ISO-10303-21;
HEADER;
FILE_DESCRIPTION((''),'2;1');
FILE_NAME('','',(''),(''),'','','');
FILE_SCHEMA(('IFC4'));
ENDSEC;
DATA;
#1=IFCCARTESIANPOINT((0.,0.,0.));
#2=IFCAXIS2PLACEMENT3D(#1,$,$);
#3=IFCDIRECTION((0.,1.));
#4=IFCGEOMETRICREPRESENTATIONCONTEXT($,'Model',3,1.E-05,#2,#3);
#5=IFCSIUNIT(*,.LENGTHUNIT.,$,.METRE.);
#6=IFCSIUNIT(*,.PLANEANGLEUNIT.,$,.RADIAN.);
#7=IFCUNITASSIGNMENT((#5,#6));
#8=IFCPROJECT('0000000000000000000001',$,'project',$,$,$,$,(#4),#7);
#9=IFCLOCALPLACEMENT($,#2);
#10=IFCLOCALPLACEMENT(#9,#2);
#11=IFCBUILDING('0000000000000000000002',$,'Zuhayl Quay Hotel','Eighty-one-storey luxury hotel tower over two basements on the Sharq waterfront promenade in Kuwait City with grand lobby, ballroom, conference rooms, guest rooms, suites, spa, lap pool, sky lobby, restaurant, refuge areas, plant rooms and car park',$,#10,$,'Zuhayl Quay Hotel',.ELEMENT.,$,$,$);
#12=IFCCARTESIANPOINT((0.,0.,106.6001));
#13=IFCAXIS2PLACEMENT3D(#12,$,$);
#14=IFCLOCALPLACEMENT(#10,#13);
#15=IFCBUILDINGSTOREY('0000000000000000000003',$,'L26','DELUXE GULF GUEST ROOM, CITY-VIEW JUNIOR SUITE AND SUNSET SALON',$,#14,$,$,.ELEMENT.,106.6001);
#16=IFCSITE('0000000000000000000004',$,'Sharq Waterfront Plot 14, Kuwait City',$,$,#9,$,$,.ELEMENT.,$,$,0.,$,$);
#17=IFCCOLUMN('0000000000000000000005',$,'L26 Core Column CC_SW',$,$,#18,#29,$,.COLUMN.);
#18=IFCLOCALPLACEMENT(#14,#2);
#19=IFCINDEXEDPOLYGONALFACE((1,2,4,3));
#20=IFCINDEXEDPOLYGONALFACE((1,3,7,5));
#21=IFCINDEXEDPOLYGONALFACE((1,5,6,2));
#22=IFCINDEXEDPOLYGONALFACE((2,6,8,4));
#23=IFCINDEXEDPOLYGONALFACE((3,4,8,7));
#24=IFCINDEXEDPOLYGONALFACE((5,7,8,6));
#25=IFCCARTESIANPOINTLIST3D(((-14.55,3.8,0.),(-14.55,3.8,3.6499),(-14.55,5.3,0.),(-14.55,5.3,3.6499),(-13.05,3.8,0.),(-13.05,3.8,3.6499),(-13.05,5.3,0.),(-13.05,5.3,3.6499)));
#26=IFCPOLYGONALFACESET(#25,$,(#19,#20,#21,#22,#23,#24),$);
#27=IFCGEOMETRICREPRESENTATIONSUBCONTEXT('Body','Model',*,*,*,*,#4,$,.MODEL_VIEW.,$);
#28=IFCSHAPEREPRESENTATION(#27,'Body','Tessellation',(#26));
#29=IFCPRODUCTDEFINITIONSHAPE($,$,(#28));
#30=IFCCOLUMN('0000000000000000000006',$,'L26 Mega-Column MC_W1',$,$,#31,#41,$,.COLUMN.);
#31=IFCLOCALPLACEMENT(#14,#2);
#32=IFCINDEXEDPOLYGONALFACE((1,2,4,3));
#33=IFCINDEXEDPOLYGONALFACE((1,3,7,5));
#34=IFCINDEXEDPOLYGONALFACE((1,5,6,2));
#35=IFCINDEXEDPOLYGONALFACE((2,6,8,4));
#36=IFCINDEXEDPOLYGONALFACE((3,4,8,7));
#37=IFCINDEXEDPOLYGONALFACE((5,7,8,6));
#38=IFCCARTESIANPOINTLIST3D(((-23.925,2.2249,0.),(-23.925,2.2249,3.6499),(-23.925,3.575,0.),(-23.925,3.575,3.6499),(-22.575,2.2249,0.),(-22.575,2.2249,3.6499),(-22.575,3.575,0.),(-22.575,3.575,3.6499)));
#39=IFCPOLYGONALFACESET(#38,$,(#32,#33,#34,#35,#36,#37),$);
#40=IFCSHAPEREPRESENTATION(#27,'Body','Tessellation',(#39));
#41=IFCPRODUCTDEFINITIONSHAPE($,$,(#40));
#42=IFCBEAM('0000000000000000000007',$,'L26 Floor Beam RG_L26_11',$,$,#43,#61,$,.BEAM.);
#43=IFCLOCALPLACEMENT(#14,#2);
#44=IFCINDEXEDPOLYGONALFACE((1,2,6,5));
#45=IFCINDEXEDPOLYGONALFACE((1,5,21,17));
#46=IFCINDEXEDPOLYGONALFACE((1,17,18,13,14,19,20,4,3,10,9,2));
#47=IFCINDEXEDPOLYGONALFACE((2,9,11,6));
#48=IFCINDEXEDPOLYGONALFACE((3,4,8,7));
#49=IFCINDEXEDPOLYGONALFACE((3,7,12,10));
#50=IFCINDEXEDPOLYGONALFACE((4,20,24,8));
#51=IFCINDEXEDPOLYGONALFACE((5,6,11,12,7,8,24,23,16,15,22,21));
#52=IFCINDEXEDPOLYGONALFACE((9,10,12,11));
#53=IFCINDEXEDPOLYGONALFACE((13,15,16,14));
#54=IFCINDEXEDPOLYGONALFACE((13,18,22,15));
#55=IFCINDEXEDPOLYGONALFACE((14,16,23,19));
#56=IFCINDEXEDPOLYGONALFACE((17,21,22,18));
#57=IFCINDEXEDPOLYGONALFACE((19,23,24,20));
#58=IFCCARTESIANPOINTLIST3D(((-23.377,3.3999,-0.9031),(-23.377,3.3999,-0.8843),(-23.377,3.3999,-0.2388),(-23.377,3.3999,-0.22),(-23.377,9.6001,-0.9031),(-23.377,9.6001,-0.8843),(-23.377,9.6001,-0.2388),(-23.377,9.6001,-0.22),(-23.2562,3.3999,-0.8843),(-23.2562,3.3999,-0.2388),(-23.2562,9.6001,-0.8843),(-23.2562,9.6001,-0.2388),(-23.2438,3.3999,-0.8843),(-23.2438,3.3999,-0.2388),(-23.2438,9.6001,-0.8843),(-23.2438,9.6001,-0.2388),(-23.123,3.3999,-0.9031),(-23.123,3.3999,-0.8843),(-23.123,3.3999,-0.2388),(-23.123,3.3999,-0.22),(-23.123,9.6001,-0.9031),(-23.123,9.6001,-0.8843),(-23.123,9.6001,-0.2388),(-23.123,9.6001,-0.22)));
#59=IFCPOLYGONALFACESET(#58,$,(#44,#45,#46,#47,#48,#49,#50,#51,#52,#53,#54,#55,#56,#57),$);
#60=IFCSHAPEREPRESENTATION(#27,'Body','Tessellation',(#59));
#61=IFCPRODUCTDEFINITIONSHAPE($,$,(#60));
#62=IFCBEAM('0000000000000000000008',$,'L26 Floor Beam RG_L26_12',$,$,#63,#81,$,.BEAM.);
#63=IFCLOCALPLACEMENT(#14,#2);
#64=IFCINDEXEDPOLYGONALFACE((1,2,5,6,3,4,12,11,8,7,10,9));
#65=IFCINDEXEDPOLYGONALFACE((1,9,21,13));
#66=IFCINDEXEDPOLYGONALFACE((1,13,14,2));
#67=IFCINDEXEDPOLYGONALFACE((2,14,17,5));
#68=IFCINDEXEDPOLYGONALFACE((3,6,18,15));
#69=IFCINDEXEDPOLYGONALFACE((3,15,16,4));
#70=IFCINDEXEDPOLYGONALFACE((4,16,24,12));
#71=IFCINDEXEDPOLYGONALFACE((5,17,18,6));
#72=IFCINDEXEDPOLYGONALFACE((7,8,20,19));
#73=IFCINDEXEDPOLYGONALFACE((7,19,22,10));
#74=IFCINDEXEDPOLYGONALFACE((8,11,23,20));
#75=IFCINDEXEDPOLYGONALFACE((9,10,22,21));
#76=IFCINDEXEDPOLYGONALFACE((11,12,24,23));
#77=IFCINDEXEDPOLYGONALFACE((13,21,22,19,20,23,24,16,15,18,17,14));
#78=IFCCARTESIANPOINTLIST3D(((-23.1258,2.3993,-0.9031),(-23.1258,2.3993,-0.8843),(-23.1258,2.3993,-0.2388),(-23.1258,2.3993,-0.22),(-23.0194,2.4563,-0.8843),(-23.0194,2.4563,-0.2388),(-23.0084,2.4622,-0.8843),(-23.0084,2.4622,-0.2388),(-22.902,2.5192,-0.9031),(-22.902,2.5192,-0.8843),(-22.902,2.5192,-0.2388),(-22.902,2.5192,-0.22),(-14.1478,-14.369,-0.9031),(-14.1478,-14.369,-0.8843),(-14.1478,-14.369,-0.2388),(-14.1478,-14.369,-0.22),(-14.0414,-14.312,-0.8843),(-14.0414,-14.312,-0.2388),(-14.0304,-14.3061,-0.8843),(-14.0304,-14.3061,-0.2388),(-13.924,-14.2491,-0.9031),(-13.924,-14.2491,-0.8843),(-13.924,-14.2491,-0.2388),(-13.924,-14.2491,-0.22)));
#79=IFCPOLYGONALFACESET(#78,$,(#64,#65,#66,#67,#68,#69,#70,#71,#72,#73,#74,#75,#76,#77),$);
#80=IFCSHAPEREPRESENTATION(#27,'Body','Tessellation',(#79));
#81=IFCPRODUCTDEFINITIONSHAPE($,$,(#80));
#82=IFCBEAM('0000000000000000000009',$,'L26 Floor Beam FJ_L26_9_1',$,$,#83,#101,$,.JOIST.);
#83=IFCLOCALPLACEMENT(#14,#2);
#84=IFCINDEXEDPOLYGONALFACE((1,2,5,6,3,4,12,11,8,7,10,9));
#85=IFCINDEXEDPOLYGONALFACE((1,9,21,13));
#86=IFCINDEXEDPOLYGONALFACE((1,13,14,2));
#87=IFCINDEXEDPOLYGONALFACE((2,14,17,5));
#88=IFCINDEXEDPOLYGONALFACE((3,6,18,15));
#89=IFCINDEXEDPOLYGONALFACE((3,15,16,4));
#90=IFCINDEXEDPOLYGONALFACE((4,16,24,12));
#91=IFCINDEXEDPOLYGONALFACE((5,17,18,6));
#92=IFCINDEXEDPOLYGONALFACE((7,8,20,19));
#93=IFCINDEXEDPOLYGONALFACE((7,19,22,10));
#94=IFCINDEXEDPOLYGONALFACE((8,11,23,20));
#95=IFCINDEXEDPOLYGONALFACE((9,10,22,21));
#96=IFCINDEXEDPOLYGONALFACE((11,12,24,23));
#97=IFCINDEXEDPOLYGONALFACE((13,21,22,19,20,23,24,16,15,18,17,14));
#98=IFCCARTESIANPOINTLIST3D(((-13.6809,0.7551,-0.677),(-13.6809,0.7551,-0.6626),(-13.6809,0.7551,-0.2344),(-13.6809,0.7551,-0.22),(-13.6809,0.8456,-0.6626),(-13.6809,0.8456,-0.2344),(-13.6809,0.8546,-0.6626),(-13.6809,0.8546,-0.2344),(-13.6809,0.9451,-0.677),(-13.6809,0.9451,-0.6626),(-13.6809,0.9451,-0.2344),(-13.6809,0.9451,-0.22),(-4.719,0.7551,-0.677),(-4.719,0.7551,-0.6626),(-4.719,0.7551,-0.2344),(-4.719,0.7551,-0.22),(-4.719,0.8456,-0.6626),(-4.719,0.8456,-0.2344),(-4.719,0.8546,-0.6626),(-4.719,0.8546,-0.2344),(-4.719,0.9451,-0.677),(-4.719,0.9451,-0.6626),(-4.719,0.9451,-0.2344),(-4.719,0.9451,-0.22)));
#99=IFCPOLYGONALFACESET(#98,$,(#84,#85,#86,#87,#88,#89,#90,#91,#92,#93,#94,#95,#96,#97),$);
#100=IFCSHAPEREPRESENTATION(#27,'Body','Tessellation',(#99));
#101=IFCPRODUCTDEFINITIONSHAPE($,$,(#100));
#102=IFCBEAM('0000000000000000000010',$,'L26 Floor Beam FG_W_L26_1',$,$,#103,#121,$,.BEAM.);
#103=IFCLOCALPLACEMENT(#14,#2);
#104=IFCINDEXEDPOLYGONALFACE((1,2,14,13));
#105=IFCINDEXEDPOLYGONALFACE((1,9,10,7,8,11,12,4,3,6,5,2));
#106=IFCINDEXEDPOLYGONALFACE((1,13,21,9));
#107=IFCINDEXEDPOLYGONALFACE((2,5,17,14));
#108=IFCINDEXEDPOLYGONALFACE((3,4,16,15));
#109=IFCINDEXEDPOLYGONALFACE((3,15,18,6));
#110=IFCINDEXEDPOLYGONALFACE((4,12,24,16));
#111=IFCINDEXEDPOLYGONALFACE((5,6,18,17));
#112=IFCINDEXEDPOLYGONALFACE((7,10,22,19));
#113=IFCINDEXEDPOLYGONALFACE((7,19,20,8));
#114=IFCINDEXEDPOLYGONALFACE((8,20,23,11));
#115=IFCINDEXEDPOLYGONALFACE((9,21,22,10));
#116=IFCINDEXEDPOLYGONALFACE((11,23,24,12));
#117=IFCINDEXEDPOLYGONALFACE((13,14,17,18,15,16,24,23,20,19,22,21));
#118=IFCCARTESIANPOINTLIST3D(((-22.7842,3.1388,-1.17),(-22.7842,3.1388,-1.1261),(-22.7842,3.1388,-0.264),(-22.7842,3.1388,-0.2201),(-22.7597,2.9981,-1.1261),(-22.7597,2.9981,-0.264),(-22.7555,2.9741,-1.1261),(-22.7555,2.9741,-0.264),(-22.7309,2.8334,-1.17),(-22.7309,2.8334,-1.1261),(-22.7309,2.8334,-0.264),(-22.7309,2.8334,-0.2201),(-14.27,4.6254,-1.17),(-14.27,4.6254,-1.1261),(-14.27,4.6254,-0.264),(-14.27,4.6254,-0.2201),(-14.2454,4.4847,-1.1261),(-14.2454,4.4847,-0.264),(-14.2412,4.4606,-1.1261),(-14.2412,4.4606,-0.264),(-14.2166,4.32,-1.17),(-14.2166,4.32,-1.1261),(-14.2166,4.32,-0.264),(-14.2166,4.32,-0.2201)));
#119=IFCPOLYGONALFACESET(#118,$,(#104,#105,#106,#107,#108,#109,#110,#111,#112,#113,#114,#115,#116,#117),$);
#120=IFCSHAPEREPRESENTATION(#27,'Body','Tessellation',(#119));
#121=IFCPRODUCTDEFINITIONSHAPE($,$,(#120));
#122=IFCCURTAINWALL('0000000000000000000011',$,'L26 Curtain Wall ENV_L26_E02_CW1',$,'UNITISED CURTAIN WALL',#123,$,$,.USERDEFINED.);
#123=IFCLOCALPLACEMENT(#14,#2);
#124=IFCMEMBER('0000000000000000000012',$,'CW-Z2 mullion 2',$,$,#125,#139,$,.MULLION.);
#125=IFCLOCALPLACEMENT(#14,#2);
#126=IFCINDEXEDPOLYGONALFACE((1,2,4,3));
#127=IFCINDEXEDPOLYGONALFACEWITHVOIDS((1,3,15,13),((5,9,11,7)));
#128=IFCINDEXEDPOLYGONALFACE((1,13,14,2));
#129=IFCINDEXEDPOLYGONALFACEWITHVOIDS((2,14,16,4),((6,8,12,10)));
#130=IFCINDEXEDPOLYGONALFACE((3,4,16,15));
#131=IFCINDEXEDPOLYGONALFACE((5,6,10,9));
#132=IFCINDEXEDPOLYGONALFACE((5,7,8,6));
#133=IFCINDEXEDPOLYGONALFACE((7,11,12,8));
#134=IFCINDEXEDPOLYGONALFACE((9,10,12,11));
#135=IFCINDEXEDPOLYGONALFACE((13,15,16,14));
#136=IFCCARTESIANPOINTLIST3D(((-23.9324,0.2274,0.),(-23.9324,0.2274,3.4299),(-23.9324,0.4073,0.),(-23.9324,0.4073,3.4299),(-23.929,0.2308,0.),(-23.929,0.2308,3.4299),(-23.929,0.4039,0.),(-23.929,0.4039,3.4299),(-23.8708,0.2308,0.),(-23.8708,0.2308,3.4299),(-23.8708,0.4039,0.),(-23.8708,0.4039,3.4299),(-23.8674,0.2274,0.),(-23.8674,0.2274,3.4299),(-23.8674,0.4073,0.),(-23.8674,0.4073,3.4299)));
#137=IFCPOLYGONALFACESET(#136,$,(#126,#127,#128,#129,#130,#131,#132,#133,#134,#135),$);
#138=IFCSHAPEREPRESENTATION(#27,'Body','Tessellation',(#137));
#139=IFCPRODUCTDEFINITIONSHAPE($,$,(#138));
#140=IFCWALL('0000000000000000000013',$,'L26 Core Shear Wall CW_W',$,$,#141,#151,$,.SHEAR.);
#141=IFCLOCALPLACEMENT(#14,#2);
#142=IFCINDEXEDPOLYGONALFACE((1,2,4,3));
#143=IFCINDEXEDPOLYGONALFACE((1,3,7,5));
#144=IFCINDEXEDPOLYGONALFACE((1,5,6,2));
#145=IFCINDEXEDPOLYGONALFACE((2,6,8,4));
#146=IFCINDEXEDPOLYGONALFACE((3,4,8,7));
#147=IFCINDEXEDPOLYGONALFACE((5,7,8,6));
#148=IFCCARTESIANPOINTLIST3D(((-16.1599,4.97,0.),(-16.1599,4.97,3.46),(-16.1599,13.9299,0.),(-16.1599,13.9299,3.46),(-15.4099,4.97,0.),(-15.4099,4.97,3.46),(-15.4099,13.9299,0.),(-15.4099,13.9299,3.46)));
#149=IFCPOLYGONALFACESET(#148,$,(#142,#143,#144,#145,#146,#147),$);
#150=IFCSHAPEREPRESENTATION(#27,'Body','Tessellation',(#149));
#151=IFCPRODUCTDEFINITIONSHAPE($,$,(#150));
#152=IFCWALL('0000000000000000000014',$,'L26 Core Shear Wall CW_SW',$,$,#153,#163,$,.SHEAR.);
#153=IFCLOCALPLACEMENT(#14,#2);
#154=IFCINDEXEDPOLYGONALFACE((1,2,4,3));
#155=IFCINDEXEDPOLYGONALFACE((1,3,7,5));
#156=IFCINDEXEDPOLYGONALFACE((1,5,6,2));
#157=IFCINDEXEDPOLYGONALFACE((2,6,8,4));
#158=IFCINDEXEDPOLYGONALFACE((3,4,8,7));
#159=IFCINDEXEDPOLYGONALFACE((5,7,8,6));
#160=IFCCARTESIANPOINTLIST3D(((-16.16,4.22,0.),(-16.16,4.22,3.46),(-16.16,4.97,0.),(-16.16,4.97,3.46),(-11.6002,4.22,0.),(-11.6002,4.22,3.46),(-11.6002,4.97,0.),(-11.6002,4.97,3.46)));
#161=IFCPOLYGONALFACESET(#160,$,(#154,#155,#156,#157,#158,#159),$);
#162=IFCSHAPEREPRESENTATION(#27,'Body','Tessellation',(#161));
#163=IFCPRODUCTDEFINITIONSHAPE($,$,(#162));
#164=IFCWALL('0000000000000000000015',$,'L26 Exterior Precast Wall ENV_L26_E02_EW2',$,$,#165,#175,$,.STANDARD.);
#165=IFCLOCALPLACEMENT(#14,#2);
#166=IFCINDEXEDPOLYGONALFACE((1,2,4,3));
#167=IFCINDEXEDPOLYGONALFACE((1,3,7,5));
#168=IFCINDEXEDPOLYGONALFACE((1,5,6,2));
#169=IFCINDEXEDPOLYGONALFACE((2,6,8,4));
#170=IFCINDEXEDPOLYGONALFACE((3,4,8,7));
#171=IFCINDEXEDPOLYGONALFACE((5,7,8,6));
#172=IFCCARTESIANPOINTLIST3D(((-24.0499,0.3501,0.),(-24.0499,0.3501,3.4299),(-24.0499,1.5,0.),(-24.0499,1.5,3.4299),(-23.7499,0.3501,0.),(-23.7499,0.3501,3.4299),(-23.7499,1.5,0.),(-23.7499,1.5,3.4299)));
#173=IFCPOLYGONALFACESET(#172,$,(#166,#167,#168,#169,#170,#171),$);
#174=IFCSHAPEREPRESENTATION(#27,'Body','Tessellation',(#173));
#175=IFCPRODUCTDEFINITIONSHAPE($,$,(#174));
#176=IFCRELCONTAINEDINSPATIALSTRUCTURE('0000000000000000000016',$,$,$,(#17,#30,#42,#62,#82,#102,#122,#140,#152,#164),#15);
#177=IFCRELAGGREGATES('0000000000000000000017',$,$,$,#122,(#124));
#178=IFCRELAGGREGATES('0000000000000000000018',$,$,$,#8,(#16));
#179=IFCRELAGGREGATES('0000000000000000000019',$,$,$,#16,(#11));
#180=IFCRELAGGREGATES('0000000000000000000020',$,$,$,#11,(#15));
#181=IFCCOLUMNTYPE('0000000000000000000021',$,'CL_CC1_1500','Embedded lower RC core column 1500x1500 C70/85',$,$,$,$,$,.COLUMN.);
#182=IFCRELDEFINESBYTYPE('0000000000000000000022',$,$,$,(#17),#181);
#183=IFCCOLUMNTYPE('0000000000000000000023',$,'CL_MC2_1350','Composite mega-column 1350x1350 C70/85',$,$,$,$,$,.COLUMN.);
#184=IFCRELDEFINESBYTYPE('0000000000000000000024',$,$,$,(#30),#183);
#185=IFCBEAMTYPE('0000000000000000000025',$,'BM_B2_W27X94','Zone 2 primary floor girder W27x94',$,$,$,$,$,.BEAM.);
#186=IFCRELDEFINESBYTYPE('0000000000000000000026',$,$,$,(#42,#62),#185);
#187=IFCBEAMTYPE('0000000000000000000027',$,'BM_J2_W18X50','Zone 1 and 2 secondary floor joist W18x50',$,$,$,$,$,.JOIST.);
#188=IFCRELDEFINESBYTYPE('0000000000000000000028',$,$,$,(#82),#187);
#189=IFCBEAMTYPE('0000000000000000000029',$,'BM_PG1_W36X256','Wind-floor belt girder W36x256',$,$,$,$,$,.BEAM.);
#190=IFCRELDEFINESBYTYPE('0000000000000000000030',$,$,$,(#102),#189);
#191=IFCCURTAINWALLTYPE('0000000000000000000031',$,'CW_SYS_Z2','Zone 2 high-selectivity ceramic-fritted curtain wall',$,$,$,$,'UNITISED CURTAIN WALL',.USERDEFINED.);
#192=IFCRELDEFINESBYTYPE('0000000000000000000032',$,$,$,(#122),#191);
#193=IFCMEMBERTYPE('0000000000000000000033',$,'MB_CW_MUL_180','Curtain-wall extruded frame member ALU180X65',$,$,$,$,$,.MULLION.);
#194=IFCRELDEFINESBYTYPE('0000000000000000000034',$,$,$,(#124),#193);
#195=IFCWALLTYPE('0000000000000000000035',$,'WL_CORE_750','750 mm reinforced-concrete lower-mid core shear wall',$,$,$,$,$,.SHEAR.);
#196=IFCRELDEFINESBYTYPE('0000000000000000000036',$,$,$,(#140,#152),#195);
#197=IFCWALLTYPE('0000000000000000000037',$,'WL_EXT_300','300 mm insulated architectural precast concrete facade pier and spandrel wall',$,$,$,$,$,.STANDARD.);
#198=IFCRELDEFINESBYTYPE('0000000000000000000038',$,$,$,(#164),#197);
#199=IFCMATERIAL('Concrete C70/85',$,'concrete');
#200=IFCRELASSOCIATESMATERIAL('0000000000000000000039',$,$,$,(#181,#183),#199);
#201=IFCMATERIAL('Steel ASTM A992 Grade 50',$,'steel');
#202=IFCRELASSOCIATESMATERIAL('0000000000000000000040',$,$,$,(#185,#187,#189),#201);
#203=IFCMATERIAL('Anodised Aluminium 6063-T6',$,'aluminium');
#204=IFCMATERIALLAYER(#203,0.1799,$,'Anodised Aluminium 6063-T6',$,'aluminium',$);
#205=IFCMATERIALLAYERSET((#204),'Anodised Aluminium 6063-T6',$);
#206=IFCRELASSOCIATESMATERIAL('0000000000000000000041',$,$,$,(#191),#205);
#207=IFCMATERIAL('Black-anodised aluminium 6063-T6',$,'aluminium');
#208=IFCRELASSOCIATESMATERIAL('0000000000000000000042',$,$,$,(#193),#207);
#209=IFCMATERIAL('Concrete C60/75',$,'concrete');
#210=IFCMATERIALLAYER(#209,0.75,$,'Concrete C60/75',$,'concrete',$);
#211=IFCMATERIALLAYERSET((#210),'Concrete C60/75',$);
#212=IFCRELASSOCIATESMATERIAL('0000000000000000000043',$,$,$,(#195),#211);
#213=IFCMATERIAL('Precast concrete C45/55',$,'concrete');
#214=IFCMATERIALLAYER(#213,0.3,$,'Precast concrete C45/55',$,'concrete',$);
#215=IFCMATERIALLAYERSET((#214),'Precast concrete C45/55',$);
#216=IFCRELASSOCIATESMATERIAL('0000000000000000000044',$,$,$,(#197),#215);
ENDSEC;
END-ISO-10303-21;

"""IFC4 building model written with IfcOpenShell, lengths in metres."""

from ifc_helpers import new_model, si_unit, direction, frame, frame_2d, origin, origin_2d, place, context, subcontext, project, spatial, rectangle, hollow_rectangle, i_section, extrude, material, layer, layer_set, material_profile, profile_set, type_object, element, aggregate, save


model = new_model("IFC4")

# Units and contexts
model_context = context("Model", 3, precision=1e-05, world=origin(), true_north=direction((0.0, 1.0)))
body_context = subcontext(model_context, "Body", "Model", "MODEL_VIEW")
ifc_project = project(units=[si_unit("LENGTHUNIT", "METRE"), si_unit("PLANEANGLEUNIT", "RADIAN")], contexts=[model_context])

# Site, building, storey
site_placement = place(None, origin())
site = spatial("IfcSite", under=ifc_project, at=site_placement, Name="Sharq Waterfront Plot 14, Kuwait City", CompositionType="ELEMENT", RefElevation=0.0)
building_placement = place(site_placement, origin())
building = spatial("IfcBuilding", under=site, at=building_placement, Name="Zuhayl Quay Hotel", Description="Eighty-one-storey luxury hotel tower over two basements on the Sharq waterfront promenade in Kuwait City with grand lobby, ballroom, conference rooms, guest rooms, suites, spa, lap pool, sky lobby, restaurant, refuge areas, plant rooms and car park", LongName="Zuhayl Quay Hotel", CompositionType="ELEMENT")
storey_placement = place(building_placement, frame((0.0, 0.0, 106.6001)))
storey = spatial("IfcBuildingStorey", under=building, at=storey_placement, Name="L26", Description="DELUXE GULF GUEST ROOM, CITY-VIEW JUNIOR SUITE AND SUNSET SALON", CompositionType="ELEMENT", Elevation=106.6001)

# Columns
ifc_material_1 = material(Name="Concrete C70/85", Category="concrete")
ifc_material_profile_1 = material_profile(ifc_material_1, rectangle(XDim=1.5, YDim=1.5, at=origin_2d()), Name="RC1500X1500")
ifc_profile_set_1 = profile_set([ifc_material_profile_1], Name="Concrete C70/85")
column_type_1 = type_object("IfcColumnType", Name="CL_CC1_1500", Description="Embedded lower RC core column 1500x1500 C70/85", PredefinedType="COLUMN", material=ifc_profile_set_1)
column_1_placement = place(storey_placement, frame((-13.8, 4.55, 0.0), z_axis=(0.0, 0.0, 1.0), x_axis=(1.0, 0.0, 0.0)))
element("IfcColumn", 1, at=column_1_placement, inside=storey, type_object=column_type_1, Name="L26 Core Column CC_SW", PredefinedType="COLUMN", context=body_context, shape_type="SweptSolid", body=[
    extrude(rectangle(XDim=1.5, YDim=1.5, at=origin_2d()), origin(), (0.0, 0.0, 1.0), 3.6499),
])
ifc_material_profile_2 = material_profile(ifc_material_1, rectangle(XDim=1.3501, YDim=1.3501, at=origin_2d()), Name="RC1350X1350")
ifc_profile_set_2 = profile_set([ifc_material_profile_2], Name="Concrete C70/85")
column_type_2 = type_object("IfcColumnType", Name="CL_MC2_1350", Description="Composite mega-column 1350x1350 C70/85", PredefinedType="COLUMN", material=ifc_profile_set_2)
column_2_placement = place(storey_placement, frame((-23.25, 2.8999, 0.0), z_axis=(0.0, 0.0, 1.0), x_axis=(1.0, 0.0, 0.0)))
element("IfcColumn", 2, at=column_2_placement, inside=storey, type_object=column_type_2, Name="L26 Mega-Column MC_W1", PredefinedType="COLUMN", context=body_context, shape_type="SweptSolid", body=[
    extrude(rectangle(XDim=1.3501, YDim=1.3501, at=origin_2d()), origin(), (0.0, 0.0, 1.0), 3.6499),
])

# Beams
ifc_material_2 = material(Name="Steel ASTM A992 Grade 50", Category="steel")
ifc_material_profile_3 = material_profile(ifc_material_2, i_section(OverallWidth=0.2539, OverallDepth=0.6831, WebThickness=0.0125, FlangeThickness=0.0188, at=origin_2d()), Name="W27X94")
ifc_profile_set_3 = profile_set([ifc_material_profile_3], Name="Steel ASTM A992 Grade 50")
beam_type_1 = type_object("IfcBeamType", Name="BM_B2_W27X94", Description="Zone 2 primary floor girder W27x94", PredefinedType="BEAM", material=ifc_profile_set_3)
beam_1_placement = place(storey_placement, frame((-23.25, 9.6001, -0.5615), z_axis=(0.0, -1.0, 0.0), x_axis=(1.0, 0.0, 0.0)))
element("IfcBeam", 3, at=beam_1_placement, inside=storey, type_object=beam_type_1, Name="L26 Floor Beam RG_L26_11", PredefinedType="BEAM", context=body_context, shape_type="SweptSolid", body=[
    extrude(i_section(OverallWidth=0.2539, OverallDepth=0.6831, WebThickness=0.0125, FlangeThickness=0.0188, at=origin_2d()), origin(), (0.0, 0.0, 1.0), 6.2002),
])
beam_2_placement = place(storey_placement, frame((-23.0139, 2.4592, -0.5615), z_axis=(0.472017, -0.881589, 0.0), x_axis=(0.881589, 0.472017, 0.0)))
element("IfcBeam", 4, at=beam_2_placement, inside=storey, type_object=beam_type_1, Name="L26 Floor Beam RG_L26_12", PredefinedType="BEAM", context=body_context, shape_type="SweptSolid", body=[
    extrude(i_section(OverallWidth=0.2539, OverallDepth=0.6831, WebThickness=0.0125, FlangeThickness=0.0188, at=origin_2d()), origin(), (0.0, 0.0, 1.0), 19.0205),
])
ifc_material_profile_4 = material_profile(ifc_material_2, i_section(OverallWidth=0.1899, OverallDepth=0.457, WebThickness=0.009, FlangeThickness=0.0144, at=origin_2d()), Name="W18X50")
ifc_profile_set_4 = profile_set([ifc_material_profile_4], Name="Steel ASTM A992 Grade 50")
beam_type_2 = type_object("IfcBeamType", Name="BM_J2_W18X50", Description="Zone 1 and 2 secondary floor joist W18x50", PredefinedType="JOIST", material=ifc_profile_set_4)
beam_3_placement = place(storey_placement, frame((-13.6809, 0.8501, -0.4485), z_axis=(1.0, 0.0, 0.0), x_axis=(0.0, 1.0, 0.0)))
element("IfcBeam", 5, at=beam_3_placement, inside=storey, type_object=beam_type_2, Name="L26 Floor Beam FJ_L26_9_1", PredefinedType="JOIST", context=body_context, shape_type="SweptSolid", body=[
    extrude(i_section(OverallWidth=0.1899, OverallDepth=0.457, WebThickness=0.009, FlangeThickness=0.0144, at=origin_2d()), origin(), (0.0, 0.0, 1.0), 8.9619),
])
ifc_material_profile_5 = material_profile(ifc_material_2, i_section(OverallWidth=0.3101, OverallDepth=0.95, WebThickness=0.0244, FlangeThickness=0.0439, at=origin_2d()), Name="W36X256")
ifc_profile_set_5 = profile_set([ifc_material_profile_5], Name="Steel ASTM A992 Grade 50")
beam_type_3 = type_object("IfcBeamType", Name="BM_PG1_W36X256", Description="Wind-floor belt girder W36x256", PredefinedType="BEAM", material=ifc_profile_set_5)
beam_4_placement = place(storey_placement, frame((-22.7576, 2.9861, -0.6951), z_axis=(0.985097, 0.171998, 0.0), x_axis=(-0.171998, 0.985097, 0.0)))
element("IfcBeam", 6, at=beam_4_placement, inside=storey, type_object=beam_type_3, Name="L26 Floor Beam FG_W_L26_1", PredefinedType="BEAM", context=body_context, shape_type="SweptSolid", body=[
    extrude(i_section(OverallWidth=0.3101, OverallDepth=0.95, WebThickness=0.0244, FlangeThickness=0.0439, at=origin_2d()), origin(), (0.0, 0.0, 1.0), 8.6431),
])

# Curtain wall, member
ifc_material_3 = material(Name="Anodised Aluminium 6063-T6", Category="aluminium")
ifc_layer_1 = layer(ifc_material_3, 0.1799, Name="Anodised Aluminium 6063-T6", Category="aluminium")
ifc_layer_set_1 = layer_set([ifc_layer_1], Name="Anodised Aluminium 6063-T6")
curtain_wall_type = type_object("IfcCurtainWallType", Name="CW_SYS_Z2", Description="Zone 2 high-selectivity ceramic-fritted curtain wall", ElementType="UNITISED CURTAIN WALL", PredefinedType="USERDEFINED", material=ifc_layer_set_1)
curtain_wall_placement = place(storey_placement, origin())
curtain_wall = element("IfcCurtainWall", 7, at=curtain_wall_placement, inside=storey, type_object=curtain_wall_type, Name="L26 Curtain Wall ENV_L26_E02_CW1", ObjectType="UNITISED CURTAIN WALL", PredefinedType="USERDEFINED")
ifc_material_4 = material(Name="Black-anodised aluminium 6063-T6", Category="aluminium")
ifc_material_profile_6 = material_profile(ifc_material_4, hollow_rectangle(XDim=0.0649, YDim=0.1799, WallThickness=0.0034, at=origin_2d()), Name="ALU180X65")
ifc_profile_set_6 = profile_set([ifc_material_profile_6], Name="Black-anodised aluminium 6063-T6")
member_type = type_object("IfcMemberType", Name="MB_CW_MUL_180", Description="Curtain-wall extruded frame member ALU180X65", PredefinedType="MULLION", material=ifc_profile_set_6)
member_placement = place(storey_placement, frame((-23.8999, 0.3174, 0.0), z_axis=(0.0, 0.0, 1.0), x_axis=(-1.0, 0.0, 0.0)))
member = element("IfcMember", 8, at=member_placement, type_object=member_type, Name="CW-Z2 mullion 2", PredefinedType="MULLION", context=body_context, shape_type="SweptSolid", body=[
    extrude(hollow_rectangle(XDim=0.0649, YDim=0.1799, WallThickness=0.0034, at=origin_2d()), origin(), (0.0, 0.0, 1.0), 3.4299),
])
aggregate(curtain_wall, [member])

# Walls
ifc_material_5 = material(Name="Concrete C60/75", Category="concrete")
ifc_layer_2 = layer(ifc_material_5, 0.75, Name="Concrete C60/75", Category="concrete")
ifc_layer_set_2 = layer_set([ifc_layer_2], Name="Concrete C60/75")
wall_type_1 = type_object("IfcWallType", Name="WL_CORE_750", Description="750 mm reinforced-concrete lower-mid core shear wall", PredefinedType="SHEAR", material=ifc_layer_set_2)
wall_1_placement = place(storey_placement, frame((-15.7849, 4.97, 0.0), z_axis=(0.0, 0.0, 1.0), x_axis=(0.0, 1.0, 0.0)))
element("IfcWall", 9, at=wall_1_placement, inside=storey, type_object=wall_type_1, Name="L26 Core Shear Wall CW_W", PredefinedType="SHEAR", context=body_context, shape_type="SweptSolid", body=[
    extrude(rectangle(XDim=8.96, YDim=0.75, at=frame_2d((4.48, 0.0))), origin(), (0.0, 0.0, 1.0), 3.46),
])
wall_2_placement = place(storey_placement, frame((-16.1599, 4.595, 0.0), z_axis=(0.0, 0.0, 1.0), x_axis=(1.0, 0.0, 0.0)))
element("IfcWall", 10, at=wall_2_placement, inside=storey, type_object=wall_type_1, Name="L26 Core Shear Wall CW_SW", PredefinedType="SHEAR", context=body_context, shape_type="SweptSolid", body=[
    extrude(rectangle(XDim=4.5598, YDim=0.75, at=frame_2d((2.2798, 0.0))), origin(), (0.0, 0.0, 1.0), 3.46),
])
ifc_material_6 = material(Name="Precast concrete C45/55", Category="concrete")
ifc_layer_3 = layer(ifc_material_6, 0.3, Name="Precast concrete C45/55", Category="concrete")
ifc_layer_set_3 = layer_set([ifc_layer_3], Name="Precast concrete C45/55")
wall_type_2 = type_object("IfcWallType", Name="WL_EXT_300", Description="300 mm insulated architectural precast concrete facade pier and spandrel wall", PredefinedType="STANDARD", material=ifc_layer_set_3)
wall_3_placement = place(storey_placement, frame((-23.8999, 0.3501, 0.0), z_axis=(0.0, 0.0, 1.0), x_axis=(0.0, 1.0, 0.0)))
element("IfcWall", 11, at=wall_3_placement, inside=storey, type_object=wall_type_2, Name="L26 Exterior Precast Wall ENV_L26_E02_EW2", PredefinedType="STANDARD", context=body_context, shape_type="SweptSolid", body=[
    extrude(rectangle(XDim=1.1499, YDim=0.3, at=frame_2d((0.575, 0.0))), origin(), (0.0, 0.0, 1.0), 3.4299),
])

save(model, "model.ifc")
